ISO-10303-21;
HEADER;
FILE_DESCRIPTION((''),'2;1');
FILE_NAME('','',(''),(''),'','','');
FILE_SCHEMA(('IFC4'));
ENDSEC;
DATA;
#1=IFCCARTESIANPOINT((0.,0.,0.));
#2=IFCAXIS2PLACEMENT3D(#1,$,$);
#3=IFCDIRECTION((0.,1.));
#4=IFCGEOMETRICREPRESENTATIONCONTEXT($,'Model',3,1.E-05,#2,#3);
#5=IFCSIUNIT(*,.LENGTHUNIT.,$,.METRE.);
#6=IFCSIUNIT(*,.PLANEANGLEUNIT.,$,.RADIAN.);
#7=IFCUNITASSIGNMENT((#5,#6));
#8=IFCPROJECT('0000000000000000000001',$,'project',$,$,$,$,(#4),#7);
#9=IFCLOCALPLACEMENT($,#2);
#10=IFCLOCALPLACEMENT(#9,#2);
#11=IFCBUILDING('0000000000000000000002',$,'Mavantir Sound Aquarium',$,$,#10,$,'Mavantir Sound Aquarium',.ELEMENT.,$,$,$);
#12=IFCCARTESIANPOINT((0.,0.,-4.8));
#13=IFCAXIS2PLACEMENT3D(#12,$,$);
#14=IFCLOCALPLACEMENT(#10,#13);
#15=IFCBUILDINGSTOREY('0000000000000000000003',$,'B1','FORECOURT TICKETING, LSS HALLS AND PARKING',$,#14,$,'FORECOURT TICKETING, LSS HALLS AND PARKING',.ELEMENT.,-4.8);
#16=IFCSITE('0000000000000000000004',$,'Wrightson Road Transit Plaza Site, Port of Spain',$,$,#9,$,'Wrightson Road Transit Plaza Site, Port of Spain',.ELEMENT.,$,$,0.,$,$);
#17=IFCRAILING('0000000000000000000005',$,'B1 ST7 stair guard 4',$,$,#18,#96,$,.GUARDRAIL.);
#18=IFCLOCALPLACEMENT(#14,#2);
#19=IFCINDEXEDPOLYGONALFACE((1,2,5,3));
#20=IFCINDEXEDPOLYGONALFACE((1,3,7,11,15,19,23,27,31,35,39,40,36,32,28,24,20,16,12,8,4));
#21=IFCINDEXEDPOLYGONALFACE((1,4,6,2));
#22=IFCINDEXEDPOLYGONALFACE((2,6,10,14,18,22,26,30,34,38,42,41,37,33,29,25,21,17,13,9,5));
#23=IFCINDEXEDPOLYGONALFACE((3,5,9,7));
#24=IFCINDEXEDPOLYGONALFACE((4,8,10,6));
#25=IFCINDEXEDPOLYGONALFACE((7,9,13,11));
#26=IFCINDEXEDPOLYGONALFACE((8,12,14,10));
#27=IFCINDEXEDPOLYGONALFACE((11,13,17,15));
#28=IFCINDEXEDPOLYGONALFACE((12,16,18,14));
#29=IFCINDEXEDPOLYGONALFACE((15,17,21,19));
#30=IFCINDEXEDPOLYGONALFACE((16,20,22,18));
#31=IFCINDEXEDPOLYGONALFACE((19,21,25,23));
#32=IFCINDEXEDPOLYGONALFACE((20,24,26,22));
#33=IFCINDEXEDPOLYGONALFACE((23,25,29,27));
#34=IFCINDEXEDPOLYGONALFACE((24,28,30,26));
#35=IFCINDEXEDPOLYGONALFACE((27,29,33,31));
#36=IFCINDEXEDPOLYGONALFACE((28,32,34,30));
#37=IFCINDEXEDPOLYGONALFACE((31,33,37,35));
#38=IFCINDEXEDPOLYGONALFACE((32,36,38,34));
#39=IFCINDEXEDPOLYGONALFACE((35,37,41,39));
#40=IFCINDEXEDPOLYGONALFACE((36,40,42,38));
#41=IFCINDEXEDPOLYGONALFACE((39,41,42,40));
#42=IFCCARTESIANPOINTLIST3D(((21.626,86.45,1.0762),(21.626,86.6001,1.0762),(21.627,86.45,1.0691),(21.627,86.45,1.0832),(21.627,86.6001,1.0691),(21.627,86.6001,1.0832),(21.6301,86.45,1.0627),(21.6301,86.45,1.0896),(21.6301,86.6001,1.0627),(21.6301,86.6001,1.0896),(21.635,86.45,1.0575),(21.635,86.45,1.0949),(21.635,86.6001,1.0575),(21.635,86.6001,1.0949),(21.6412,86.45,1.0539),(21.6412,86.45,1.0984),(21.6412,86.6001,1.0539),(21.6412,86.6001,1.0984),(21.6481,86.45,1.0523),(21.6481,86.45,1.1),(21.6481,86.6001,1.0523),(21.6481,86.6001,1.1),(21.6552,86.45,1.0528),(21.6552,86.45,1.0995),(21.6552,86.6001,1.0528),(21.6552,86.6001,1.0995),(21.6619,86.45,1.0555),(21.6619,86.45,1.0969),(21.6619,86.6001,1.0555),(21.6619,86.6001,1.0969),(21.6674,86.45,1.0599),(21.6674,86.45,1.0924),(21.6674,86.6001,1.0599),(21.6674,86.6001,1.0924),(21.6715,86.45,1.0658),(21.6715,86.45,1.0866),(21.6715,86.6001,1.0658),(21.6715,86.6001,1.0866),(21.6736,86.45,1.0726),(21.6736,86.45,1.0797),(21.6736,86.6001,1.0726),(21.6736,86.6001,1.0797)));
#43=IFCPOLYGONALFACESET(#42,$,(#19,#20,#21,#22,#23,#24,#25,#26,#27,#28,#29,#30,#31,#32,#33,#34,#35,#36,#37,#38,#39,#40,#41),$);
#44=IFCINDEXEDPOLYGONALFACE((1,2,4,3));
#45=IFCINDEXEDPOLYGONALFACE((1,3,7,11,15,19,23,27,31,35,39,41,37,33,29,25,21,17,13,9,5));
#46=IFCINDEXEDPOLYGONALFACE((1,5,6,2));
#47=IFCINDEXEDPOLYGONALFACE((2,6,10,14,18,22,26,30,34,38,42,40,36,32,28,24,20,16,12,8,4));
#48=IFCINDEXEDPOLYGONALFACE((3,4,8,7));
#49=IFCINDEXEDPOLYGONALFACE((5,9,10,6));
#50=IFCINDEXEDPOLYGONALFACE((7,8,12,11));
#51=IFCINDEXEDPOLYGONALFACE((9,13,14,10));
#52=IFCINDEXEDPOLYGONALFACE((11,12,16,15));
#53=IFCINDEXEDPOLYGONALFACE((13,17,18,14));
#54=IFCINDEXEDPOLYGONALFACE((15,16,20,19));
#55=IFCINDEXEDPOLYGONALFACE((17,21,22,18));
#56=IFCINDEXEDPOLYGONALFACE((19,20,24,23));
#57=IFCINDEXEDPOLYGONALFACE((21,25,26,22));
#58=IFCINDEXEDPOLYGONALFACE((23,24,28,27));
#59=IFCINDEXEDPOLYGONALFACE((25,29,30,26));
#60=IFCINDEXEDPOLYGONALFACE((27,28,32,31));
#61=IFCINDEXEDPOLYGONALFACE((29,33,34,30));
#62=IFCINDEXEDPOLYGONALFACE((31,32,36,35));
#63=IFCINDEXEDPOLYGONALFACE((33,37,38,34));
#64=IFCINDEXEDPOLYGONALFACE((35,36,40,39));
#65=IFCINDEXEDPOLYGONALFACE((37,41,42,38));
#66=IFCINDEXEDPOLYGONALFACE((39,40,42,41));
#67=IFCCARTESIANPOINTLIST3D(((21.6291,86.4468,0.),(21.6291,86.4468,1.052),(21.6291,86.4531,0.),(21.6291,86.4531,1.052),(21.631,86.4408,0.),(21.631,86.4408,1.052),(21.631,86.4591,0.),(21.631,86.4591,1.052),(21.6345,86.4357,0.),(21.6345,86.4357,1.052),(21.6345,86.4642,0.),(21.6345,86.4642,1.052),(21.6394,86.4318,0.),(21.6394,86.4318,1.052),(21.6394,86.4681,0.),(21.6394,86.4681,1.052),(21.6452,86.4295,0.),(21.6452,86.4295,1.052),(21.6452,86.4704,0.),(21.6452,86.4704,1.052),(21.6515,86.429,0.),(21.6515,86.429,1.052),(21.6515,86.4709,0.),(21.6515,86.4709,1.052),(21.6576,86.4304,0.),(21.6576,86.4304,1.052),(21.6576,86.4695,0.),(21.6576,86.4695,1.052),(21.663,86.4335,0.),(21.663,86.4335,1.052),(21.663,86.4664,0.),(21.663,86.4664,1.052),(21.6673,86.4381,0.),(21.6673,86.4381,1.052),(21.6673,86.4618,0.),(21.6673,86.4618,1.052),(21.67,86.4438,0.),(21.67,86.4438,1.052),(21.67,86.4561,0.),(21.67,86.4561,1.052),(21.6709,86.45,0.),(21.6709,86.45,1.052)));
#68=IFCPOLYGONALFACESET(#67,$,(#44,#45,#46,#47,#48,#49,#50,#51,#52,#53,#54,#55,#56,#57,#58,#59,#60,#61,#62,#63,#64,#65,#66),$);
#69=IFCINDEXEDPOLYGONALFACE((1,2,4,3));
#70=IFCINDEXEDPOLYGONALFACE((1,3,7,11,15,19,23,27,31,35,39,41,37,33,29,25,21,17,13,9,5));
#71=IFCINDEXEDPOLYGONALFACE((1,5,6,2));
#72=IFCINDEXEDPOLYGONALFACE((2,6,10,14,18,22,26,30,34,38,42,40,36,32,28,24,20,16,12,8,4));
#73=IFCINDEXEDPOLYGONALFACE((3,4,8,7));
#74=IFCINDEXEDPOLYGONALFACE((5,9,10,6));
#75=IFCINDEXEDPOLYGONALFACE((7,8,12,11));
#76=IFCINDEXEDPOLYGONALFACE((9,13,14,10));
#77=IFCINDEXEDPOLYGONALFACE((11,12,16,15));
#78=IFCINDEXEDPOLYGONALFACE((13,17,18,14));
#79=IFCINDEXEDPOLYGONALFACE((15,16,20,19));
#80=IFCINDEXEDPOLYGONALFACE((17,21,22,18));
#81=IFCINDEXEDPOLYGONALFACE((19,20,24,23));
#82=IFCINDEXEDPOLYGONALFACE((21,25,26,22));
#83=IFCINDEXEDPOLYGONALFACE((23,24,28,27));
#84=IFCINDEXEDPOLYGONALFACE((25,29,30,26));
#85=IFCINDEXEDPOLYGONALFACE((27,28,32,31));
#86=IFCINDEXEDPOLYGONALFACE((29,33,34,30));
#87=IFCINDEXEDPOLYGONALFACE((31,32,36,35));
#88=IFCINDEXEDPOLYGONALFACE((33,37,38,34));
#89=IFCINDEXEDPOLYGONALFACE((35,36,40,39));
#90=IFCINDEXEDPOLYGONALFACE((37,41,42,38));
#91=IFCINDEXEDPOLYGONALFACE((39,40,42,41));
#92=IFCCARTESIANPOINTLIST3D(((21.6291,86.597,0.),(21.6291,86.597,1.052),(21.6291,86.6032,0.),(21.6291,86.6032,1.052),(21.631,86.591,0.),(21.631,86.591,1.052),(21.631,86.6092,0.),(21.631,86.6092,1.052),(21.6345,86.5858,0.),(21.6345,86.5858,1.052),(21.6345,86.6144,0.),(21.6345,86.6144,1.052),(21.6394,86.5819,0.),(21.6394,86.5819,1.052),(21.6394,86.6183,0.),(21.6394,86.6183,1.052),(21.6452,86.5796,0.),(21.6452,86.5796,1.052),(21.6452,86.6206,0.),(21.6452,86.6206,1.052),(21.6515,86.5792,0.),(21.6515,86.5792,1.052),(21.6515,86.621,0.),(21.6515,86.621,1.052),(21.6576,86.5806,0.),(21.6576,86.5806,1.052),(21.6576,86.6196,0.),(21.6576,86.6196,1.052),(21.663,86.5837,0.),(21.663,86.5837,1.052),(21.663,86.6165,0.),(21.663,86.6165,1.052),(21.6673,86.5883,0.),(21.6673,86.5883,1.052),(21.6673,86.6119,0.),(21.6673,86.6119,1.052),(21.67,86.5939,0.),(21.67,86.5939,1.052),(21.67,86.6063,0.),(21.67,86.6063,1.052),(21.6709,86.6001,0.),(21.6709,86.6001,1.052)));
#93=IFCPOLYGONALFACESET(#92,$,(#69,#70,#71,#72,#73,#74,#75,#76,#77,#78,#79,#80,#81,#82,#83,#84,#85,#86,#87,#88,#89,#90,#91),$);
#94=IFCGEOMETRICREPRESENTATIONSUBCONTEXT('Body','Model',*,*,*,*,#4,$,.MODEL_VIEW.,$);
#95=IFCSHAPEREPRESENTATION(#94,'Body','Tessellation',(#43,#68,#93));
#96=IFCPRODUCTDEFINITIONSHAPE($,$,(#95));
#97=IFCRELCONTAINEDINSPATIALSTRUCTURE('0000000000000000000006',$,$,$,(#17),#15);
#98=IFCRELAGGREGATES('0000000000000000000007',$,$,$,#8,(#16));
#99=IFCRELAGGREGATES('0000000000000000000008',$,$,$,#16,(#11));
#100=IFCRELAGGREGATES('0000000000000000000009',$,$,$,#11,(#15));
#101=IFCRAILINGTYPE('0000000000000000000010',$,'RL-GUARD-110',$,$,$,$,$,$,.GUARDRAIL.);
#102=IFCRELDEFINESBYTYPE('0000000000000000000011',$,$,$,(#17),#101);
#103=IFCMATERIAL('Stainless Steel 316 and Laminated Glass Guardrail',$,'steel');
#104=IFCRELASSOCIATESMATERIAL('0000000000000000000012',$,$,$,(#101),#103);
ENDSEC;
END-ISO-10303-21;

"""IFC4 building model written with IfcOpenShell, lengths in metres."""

from ifc_helpers import new_model, si_unit, direction, frame, origin, origin_2d, place, context, subcontext, project, spatial, circle, extrude, material, type_object, element, save


model = new_model("IFC4")

# Units and contexts
model_context = context("Model", 3, precision=1e-05, world=origin(), true_north=direction((0.0, 1.0)))
body_context = subcontext(model_context, "Body", "Model", "MODEL_VIEW")
ifc_project = project(units=[si_unit("LENGTHUNIT", "METRE"), si_unit("PLANEANGLEUNIT", "RADIAN")], contexts=[model_context])

# Site, building, storey
site_placement = place(None, origin())
site = spatial("IfcSite", under=ifc_project, at=site_placement, Name="Wrightson Road Transit Plaza Site, Port of Spain", LongName="Wrightson Road Transit Plaza Site, Port of Spain", CompositionType="ELEMENT", RefElevation=0.0)
building_placement = place(site_placement, origin())
building = spatial("IfcBuilding", under=site, at=building_placement, Name="Mavantir Sound Aquarium", LongName="Mavantir Sound Aquarium", CompositionType="ELEMENT")
storey_placement = place(building_placement, frame((0.0, 0.0, -4.8)))
storey = spatial("IfcBuildingStorey", under=building, at=storey_placement, Name="B1", Description="FORECOURT TICKETING, LSS HALLS AND PARKING", LongName="FORECOURT TICKETING, LSS HALLS AND PARKING", CompositionType="ELEMENT", Elevation=-4.8)

# Railing
ifc_material_1 = material(Name="Stainless Steel 316 and Laminated Glass Guardrail", Category="steel")
railing_type_1 = type_object("IfcRailingType", Name="RL-GUARD-110", PredefinedType="GUARDRAIL", material=ifc_material_1)
railing_1_placement = place(storey_placement, frame((21.6499, 86.45, 0.0)))
element("IfcRailing", 1, at=railing_1_placement, inside=storey, type_object=railing_type_1, Name="B1 ST7 stair guard 4", PredefinedType="GUARDRAIL", context=body_context, shape_type="SweptSolid", body=[
    extrude(circle(Radius=0.0239, at=origin_2d()), frame((0.0, 0.0, 1.0762), z_axis=(0.0, 1.0, 0.0), x_axis=(-1.0, 0.0, 0.0)), (0.0, 0.0, 1.0), 0.1501),
    extrude(circle(Radius=0.021, at=origin_2d()), origin(), (0.0, 0.0, 1.0), 1.052),
    extrude(circle(Radius=0.021, at=origin_2d()), frame((0.0, 0.1501, 0.0)), (0.0, 0.0, 1.0), 1.052),
])

save(model, "model.ifc")
